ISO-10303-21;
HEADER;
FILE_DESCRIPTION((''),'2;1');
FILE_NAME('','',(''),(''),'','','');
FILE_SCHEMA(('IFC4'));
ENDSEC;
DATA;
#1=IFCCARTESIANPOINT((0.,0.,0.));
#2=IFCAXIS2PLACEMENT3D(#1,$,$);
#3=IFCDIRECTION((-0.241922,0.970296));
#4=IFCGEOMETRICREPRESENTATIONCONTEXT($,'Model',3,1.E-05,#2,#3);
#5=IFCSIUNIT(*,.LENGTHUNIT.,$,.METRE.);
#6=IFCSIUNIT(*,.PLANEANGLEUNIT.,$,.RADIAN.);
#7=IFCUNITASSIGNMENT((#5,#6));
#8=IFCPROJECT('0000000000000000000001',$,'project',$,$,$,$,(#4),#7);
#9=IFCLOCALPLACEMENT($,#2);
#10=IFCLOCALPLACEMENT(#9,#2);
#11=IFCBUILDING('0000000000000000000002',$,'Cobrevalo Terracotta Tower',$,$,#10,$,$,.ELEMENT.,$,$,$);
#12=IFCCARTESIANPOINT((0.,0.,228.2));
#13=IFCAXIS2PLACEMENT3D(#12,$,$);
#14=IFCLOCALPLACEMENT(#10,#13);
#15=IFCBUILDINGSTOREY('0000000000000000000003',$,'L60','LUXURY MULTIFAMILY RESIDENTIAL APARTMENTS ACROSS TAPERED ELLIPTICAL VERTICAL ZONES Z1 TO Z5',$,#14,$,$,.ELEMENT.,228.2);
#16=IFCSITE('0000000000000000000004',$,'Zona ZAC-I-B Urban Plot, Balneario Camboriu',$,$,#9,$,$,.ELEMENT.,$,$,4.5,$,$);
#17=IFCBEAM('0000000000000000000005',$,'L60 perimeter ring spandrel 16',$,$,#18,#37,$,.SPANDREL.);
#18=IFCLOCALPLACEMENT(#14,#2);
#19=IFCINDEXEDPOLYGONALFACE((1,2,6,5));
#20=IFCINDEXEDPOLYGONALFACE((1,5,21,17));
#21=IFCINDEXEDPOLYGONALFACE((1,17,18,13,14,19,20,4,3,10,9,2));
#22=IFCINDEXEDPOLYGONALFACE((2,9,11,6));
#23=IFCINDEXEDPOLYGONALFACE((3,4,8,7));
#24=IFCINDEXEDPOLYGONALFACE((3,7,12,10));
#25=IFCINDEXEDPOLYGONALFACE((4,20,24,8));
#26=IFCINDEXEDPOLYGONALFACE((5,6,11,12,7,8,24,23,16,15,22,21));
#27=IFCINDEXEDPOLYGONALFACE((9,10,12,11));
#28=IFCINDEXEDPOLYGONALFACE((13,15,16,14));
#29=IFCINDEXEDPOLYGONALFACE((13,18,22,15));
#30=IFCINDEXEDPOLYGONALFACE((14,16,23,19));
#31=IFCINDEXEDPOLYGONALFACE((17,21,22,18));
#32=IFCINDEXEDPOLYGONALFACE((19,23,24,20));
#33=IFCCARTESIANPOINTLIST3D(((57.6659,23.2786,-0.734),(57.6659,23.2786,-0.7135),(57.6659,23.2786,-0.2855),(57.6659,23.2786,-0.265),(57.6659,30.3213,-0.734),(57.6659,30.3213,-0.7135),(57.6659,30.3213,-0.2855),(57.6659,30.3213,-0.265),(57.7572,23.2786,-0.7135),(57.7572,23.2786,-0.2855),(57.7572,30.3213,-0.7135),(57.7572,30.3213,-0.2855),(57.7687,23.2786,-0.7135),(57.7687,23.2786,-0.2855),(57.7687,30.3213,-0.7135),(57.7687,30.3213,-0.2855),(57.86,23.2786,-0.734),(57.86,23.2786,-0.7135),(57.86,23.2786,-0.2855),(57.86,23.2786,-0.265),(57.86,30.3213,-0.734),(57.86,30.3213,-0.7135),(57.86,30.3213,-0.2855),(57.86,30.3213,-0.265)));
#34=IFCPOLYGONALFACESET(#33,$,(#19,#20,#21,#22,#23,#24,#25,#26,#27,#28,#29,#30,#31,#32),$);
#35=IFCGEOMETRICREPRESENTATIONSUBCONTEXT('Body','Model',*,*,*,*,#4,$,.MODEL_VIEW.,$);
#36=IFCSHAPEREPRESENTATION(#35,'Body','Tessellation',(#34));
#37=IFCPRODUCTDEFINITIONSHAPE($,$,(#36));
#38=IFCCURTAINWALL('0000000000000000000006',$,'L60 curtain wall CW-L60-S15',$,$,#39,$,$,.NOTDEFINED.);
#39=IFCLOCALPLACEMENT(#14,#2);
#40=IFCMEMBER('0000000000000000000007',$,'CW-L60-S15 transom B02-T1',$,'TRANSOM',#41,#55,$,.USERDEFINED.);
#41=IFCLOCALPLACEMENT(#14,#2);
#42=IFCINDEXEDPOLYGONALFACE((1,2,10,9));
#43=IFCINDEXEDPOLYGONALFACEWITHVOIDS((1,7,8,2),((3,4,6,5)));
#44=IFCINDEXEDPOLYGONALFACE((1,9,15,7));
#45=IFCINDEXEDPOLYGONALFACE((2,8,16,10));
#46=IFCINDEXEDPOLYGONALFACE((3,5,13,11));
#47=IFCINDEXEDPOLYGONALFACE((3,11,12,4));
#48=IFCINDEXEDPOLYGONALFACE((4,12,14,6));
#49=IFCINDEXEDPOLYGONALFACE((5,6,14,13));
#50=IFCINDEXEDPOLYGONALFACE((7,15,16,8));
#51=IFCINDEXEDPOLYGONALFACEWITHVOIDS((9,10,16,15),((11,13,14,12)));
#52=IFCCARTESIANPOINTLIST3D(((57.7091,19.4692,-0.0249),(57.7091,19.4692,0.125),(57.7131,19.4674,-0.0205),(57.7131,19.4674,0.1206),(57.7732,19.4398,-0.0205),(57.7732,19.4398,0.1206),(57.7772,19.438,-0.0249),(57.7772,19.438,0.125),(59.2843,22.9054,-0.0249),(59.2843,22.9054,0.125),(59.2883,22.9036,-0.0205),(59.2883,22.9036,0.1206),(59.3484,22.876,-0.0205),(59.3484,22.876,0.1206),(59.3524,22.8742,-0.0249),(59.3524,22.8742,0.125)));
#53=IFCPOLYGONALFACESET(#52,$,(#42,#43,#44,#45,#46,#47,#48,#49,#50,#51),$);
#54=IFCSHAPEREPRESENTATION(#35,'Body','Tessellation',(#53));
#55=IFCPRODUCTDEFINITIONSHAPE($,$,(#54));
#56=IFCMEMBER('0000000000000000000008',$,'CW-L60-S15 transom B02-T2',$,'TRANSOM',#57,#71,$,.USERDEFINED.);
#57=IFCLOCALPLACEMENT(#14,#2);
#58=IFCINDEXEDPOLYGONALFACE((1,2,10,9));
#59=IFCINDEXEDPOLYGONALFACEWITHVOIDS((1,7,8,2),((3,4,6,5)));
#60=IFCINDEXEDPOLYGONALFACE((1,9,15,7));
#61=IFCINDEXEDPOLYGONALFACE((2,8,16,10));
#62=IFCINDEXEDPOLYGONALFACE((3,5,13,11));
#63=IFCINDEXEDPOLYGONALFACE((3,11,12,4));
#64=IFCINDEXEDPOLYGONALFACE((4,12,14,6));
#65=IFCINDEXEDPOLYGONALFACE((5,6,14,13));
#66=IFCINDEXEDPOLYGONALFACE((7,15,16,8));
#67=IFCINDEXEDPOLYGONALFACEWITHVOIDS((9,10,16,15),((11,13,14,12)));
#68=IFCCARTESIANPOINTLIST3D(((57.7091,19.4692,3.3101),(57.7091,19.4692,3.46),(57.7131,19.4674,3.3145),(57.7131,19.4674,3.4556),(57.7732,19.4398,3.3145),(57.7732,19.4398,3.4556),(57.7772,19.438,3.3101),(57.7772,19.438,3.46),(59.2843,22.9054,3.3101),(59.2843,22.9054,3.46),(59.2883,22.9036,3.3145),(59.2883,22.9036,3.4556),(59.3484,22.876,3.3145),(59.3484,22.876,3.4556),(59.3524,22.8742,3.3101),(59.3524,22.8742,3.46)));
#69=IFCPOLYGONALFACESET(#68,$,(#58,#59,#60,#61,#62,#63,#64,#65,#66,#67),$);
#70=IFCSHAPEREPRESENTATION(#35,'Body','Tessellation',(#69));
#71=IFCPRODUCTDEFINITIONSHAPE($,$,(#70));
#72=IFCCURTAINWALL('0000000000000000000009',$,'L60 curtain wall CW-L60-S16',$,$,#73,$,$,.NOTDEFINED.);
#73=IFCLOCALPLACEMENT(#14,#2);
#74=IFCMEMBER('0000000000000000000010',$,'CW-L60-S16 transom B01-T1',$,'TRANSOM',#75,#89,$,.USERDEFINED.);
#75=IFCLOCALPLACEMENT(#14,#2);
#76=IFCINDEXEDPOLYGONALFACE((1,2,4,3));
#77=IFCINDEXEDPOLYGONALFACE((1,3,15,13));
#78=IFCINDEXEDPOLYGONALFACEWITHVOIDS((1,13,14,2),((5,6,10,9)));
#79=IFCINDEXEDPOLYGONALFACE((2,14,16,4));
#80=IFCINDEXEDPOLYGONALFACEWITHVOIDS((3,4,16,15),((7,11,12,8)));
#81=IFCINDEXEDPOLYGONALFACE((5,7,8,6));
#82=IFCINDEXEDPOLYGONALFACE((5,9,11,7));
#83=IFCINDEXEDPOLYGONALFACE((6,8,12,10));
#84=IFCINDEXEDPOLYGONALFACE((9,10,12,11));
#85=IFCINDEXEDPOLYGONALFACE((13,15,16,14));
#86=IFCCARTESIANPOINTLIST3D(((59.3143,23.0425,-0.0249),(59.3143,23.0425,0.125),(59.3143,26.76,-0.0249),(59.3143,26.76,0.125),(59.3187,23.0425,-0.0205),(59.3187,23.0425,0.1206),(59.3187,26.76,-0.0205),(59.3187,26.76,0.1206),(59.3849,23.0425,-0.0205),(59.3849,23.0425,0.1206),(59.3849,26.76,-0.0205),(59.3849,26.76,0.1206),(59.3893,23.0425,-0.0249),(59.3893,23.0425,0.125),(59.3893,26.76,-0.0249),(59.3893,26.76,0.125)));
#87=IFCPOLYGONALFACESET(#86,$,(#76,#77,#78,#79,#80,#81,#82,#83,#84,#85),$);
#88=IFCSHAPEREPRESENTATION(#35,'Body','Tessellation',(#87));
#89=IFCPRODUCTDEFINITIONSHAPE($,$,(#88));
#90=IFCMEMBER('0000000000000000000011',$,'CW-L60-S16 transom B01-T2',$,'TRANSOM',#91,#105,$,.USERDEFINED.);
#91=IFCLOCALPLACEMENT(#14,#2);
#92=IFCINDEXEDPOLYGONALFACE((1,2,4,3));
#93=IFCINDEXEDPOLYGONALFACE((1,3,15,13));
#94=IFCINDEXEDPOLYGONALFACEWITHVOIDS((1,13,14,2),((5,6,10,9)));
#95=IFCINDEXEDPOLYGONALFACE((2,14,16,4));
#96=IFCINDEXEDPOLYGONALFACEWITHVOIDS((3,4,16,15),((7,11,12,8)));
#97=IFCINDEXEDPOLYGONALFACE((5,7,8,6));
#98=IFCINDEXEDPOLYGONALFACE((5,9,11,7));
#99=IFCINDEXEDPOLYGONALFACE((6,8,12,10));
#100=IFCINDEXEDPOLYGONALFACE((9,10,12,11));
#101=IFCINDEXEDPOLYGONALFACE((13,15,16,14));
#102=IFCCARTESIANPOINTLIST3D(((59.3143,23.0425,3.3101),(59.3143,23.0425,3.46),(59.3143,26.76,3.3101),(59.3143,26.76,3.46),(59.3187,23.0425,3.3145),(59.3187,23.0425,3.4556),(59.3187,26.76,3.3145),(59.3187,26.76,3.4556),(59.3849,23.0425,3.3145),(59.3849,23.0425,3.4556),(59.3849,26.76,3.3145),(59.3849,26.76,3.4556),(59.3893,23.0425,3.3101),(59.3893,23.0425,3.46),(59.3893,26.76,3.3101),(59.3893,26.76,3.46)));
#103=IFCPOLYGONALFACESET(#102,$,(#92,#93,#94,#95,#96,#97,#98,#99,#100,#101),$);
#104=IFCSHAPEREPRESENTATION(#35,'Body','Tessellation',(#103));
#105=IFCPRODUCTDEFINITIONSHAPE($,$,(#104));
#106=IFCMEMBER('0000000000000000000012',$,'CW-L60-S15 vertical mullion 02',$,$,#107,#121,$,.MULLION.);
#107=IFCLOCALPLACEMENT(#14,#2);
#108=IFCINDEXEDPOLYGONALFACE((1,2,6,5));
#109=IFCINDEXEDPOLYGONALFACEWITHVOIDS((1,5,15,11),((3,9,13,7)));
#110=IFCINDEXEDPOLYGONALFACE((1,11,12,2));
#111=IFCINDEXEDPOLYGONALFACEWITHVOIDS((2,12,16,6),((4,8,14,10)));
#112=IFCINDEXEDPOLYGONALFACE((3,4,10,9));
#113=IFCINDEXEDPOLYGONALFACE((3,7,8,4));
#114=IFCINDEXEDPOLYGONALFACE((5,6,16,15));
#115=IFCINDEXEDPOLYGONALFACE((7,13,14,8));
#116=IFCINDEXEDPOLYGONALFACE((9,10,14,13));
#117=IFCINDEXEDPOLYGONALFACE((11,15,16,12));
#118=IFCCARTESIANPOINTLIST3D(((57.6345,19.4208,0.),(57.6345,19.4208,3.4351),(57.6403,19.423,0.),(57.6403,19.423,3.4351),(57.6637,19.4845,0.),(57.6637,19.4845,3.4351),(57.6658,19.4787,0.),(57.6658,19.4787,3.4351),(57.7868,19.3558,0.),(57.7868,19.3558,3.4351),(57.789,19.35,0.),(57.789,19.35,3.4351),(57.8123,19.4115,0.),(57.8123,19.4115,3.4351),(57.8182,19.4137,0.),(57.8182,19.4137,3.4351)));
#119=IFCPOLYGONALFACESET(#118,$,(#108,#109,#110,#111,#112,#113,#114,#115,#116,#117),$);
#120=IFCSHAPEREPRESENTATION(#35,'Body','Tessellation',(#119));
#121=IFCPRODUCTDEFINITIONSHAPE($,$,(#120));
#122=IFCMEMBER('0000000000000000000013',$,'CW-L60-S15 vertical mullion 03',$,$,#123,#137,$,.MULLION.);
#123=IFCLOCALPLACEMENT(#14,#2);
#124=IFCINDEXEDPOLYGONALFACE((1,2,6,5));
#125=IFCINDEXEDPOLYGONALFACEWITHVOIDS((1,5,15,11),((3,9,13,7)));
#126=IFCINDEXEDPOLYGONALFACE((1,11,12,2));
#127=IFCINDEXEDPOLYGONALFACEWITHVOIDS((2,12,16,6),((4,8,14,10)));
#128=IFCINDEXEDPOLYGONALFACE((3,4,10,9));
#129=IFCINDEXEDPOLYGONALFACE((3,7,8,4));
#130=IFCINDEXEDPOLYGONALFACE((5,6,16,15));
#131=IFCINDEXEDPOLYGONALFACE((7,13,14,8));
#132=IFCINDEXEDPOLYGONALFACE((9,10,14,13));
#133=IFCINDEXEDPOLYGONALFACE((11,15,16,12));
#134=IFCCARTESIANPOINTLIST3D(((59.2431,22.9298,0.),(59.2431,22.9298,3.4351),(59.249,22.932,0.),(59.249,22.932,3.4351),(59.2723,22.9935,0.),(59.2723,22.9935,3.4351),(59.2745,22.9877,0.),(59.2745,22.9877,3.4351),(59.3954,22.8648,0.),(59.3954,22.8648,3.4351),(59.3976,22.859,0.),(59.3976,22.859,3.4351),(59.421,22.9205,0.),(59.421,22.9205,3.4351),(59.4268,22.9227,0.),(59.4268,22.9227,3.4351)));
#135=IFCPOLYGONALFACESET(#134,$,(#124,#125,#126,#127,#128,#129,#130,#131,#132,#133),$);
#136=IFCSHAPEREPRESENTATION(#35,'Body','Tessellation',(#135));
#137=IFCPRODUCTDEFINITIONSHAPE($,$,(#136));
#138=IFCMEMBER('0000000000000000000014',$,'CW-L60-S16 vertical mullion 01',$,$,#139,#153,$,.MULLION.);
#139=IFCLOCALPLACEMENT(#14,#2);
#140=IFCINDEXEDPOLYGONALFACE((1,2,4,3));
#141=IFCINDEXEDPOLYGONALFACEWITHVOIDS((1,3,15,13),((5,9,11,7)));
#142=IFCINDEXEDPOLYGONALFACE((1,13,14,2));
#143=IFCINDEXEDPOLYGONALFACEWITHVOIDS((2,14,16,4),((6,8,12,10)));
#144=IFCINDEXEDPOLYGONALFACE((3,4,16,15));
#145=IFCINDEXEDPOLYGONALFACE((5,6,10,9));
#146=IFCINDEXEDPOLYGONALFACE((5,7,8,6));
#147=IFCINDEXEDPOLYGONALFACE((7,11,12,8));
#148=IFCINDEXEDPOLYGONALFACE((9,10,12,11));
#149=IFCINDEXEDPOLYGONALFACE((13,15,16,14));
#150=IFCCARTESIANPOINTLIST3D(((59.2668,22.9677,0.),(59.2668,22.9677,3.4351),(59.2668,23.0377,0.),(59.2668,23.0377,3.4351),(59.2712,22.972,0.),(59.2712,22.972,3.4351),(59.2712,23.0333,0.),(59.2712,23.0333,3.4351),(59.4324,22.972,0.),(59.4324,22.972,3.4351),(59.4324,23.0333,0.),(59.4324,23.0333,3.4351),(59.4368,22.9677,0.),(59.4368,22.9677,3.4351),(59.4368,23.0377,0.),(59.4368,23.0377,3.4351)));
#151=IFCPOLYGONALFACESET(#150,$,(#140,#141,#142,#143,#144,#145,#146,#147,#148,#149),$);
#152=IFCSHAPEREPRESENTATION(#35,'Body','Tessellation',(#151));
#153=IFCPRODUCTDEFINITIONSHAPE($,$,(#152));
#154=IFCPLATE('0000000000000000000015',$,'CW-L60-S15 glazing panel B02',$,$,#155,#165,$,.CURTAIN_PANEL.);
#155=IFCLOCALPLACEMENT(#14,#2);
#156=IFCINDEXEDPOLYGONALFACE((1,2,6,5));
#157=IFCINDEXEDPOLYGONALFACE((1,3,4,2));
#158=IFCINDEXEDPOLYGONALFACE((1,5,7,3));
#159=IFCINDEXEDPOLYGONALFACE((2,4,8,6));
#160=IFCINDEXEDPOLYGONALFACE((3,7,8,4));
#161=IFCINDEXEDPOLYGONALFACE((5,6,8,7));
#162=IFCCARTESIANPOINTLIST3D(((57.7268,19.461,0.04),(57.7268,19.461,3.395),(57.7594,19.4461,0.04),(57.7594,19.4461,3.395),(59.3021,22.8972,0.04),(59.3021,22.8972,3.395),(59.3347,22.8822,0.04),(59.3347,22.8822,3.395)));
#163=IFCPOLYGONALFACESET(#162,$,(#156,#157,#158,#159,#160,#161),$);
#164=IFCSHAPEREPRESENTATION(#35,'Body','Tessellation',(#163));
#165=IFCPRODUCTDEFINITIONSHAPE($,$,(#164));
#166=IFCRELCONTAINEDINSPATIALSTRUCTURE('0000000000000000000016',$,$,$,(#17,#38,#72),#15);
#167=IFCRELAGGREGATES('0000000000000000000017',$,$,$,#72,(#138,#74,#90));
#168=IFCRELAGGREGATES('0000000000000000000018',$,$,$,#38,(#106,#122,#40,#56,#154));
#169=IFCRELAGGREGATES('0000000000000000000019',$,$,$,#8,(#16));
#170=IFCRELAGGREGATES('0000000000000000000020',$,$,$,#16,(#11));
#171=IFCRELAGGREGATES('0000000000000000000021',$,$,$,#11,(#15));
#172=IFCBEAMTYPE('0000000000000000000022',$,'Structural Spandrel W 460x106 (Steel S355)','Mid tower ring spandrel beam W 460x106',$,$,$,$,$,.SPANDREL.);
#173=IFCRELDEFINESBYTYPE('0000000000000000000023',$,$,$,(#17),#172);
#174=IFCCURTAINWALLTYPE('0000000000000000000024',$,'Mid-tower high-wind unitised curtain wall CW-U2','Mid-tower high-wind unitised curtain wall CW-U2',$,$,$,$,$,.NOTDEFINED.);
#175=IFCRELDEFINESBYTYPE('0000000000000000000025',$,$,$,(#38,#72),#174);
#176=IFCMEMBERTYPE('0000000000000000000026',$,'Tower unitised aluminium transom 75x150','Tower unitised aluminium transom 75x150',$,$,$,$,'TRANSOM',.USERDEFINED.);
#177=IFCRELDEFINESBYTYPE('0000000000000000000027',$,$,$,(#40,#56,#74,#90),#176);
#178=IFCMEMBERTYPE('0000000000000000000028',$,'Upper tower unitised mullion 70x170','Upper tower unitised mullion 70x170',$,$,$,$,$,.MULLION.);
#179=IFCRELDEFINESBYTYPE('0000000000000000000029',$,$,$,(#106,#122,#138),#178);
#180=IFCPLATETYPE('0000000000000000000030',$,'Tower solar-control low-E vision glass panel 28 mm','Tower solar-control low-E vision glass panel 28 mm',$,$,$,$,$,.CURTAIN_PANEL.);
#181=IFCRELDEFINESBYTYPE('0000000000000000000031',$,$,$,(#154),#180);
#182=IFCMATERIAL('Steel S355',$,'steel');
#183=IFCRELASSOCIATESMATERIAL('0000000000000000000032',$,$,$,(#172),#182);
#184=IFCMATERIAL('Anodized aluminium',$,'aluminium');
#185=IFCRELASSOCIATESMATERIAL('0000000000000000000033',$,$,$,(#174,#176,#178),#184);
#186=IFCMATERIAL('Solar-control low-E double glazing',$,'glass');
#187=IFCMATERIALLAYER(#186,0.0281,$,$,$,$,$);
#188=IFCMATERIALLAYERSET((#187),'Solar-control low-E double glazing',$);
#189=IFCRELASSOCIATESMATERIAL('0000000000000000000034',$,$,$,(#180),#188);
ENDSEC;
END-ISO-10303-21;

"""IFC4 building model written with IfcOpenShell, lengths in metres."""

from ifc_helpers import new_model, si_unit, direction, frame, origin, origin_2d, place, context, subcontext, project, spatial, rectangle, hollow_rectangle, i_section, extrude, source, transform, mapped, material, layer, layer_set, material_profile, profile_set, type_object, element, aggregate, save


model = new_model("IFC4")

# Units and contexts
model_context = context("Model", 3, precision=1e-05, world=origin(), true_north=direction((-0.241922, 0.970296)))
body_context = subcontext(model_context, "Body", "Model", "MODEL_VIEW")
ifc_project = project(units=[si_unit("LENGTHUNIT", "METRE"), si_unit("PLANEANGLEUNIT", "RADIAN")], contexts=[model_context])

# Site, building, storey
site_placement = place(None, origin())
site = spatial("IfcSite", under=ifc_project, at=site_placement, Name="Zona ZAC-I-B Urban Plot, Balneario Camboriu", CompositionType="ELEMENT", RefElevation=4.5)
building_placement = place(site_placement, origin())
building = spatial("IfcBuilding", under=site, at=building_placement, Name="Cobrevalo Terracotta Tower", CompositionType="ELEMENT")
storey_placement = place(building_placement, frame((0.0, 0.0, 228.2)))
storey = spatial("IfcBuildingStorey", under=building, at=storey_placement, Name="L60", Description="LUXURY MULTIFAMILY RESIDENTIAL APARTMENTS ACROSS TAPERED ELLIPTICAL VERTICAL ZONES Z1 TO Z5", CompositionType="ELEMENT", Elevation=228.2)

# Shared definitions
ifc_material_1 = material(Name="Steel S355", Category="steel")

# Beam
ifc_material_profile_1 = material_profile(ifc_material_1, i_section(OverallWidth=0.1941, OverallDepth=0.469, WebThickness=0.0115, FlangeThickness=0.0205, at=origin_2d()), Name="W 460x106")
ifc_profile_set_1 = profile_set([ifc_material_profile_1], Name="Steel S355")
beam_type_1 = type_object("IfcBeamType", Name="Structural Spandrel W 460x106 (Steel S355)", Description="Mid tower ring spandrel beam W 460x106", PredefinedType="SPANDREL", material=ifc_profile_set_1)
beam_1_placement = place(storey_placement, frame((57.7629, 23.2786, -0.4995), z_axis=(0.0, 1.0, 0.0), x_axis=(-1.0, 0.0, 0.0)))
element("IfcBeam", 1, at=beam_1_placement, inside=storey, type_object=beam_type_1, Name="L60 perimeter ring spandrel 16", PredefinedType="SPANDREL", context=body_context, shape_type="SweptSolid", body=[
    extrude(i_section(OverallWidth=0.1941, OverallDepth=0.469, WebThickness=0.0115, FlangeThickness=0.0205, at=origin_2d()), origin(), (0.0, 0.0, 1.0), 7.0427),
])

# Curtain walls, members
ifc_material_2 = material(Name="Anodized aluminium", Category="aluminium")
curtain_wall_type = type_object("IfcCurtainWallType", Name="Mid-tower high-wind unitised curtain wall CW-U2", Description="Mid-tower high-wind unitised curtain wall CW-U2", PredefinedType="NOTDEFINED", material=ifc_material_2)
curtain_wall_1_placement = place(storey_placement, origin())
curtain_wall_1 = element("IfcCurtainWall", 2, at=curtain_wall_1_placement, inside=storey, type_object=curtain_wall_type, Name="L60 curtain wall CW-L60-S15", PredefinedType="NOTDEFINED")
ifc_material_profile_2 = material_profile(ifc_material_2, hollow_rectangle(XDim=0.075, YDim=0.1499, WallThickness=0.0044, at=origin_2d()), Name="CWT 75x150")
ifc_profile_set_2 = profile_set([ifc_material_profile_2], Name="Anodized aluminium")
member_type_1 = type_object("IfcMemberType", Name="Tower unitised aluminium transom 75x150", Description="Tower unitised aluminium transom 75x150", ElementType="TRANSOM", PredefinedType="USERDEFINED", material=ifc_profile_set_2)
shared_shape_1 = source(origin(), body_context, "Body", "SweptSolid", [
    extrude(hollow_rectangle(XDim=0.075, YDim=0.1499, WallThickness=0.0044, at=origin_2d()), origin(), (0.0, 0.0, 1.0), 3.78),
])
member_1_placement = place(storey_placement, frame((57.7432, 19.4536, 0.05), z_axis=(0.416706, 0.909041, 0.0), x_axis=(-0.909041, 0.416706, 0.0)))
member_1 = element("IfcMember", 3, at=member_1_placement, type_object=member_type_1, Name="CW-L60-S15 transom B02-T1", ObjectType="TRANSOM", PredefinedType="USERDEFINED", context=body_context, shape_type="MappedRepresentation", body=[
    mapped(shared_shape_1, transform((0.0, 0.0, 0.0), scale=1.0)),
])
member_2_placement = place(storey_placement, frame((57.7432, 19.4536, 3.385), z_axis=(0.416706, 0.909041, 0.0), x_axis=(-0.909041, 0.416706, 0.0)))
member_2 = element("IfcMember", 4, at=member_2_placement, type_object=member_type_1, Name="CW-L60-S15 transom B02-T2", ObjectType="TRANSOM", PredefinedType="USERDEFINED", context=body_context, shape_type="MappedRepresentation", body=[
    mapped(shared_shape_1, transform((0.0, 0.0, 0.0), scale=1.0)),
])
curtain_wall_2_placement = place(storey_placement, origin())
curtain_wall_2 = element("IfcCurtainWall", 5, at=curtain_wall_2_placement, inside=storey, type_object=curtain_wall_type, Name="L60 curtain wall CW-L60-S16", PredefinedType="NOTDEFINED")
shared_shape_2 = source(origin(), body_context, "Body", "SweptSolid", [
    extrude(hollow_rectangle(XDim=0.075, YDim=0.1499, WallThickness=0.0044, at=origin_2d()), origin(), (0.0, 0.0, 1.0), 3.7175),
])
member_3_placement = place(storey_placement, frame((59.3518, 23.0425, 0.05), z_axis=(0.0, 1.0, 0.0), x_axis=(-1.0, 0.0, 0.0)))
member_3 = element("IfcMember", 6, at=member_3_placement, type_object=member_type_1, Name="CW-L60-S16 transom B01-T1", ObjectType="TRANSOM", PredefinedType="USERDEFINED", context=body_context, shape_type="MappedRepresentation", body=[
    mapped(shared_shape_2, transform((0.0, 0.0, 0.0), scale=1.0)),
])
member_4_placement = place(storey_placement, frame((59.3518, 23.0425, 3.385), z_axis=(0.0, 1.0, 0.0), x_axis=(-1.0, 0.0, 0.0)))
member_4 = element("IfcMember", 7, at=member_4_placement, type_object=member_type_1, Name="CW-L60-S16 transom B01-T2", ObjectType="TRANSOM", PredefinedType="USERDEFINED", context=body_context, shape_type="MappedRepresentation", body=[
    mapped(shared_shape_2, transform((0.0, 0.0, 0.0), scale=1.0)),
])

# Members
ifc_material_profile_3 = material_profile(ifc_material_2, hollow_rectangle(XDim=0.0701, YDim=0.1699, WallThickness=0.0044, at=origin_2d()), Name="CWM 70x170")
ifc_profile_set_3 = profile_set([ifc_material_profile_3], Name="Anodized aluminium")
member_type_2 = type_object("IfcMemberType", Name="Upper tower unitised mullion 70x170", Description="Upper tower unitised mullion 70x170", PredefinedType="MULLION", material=ifc_profile_set_3)
shared_shape_3 = source(origin(), body_context, "Body", "SweptSolid", [
    extrude(hollow_rectangle(XDim=0.0701, YDim=0.1699, WallThickness=0.0044, at=origin_2d()), origin(), (0.0, 0.0, 1.0), 3.4351),
])
member_5_placement = place(storey_placement, frame((57.7263, 19.4172, 0.0), z_axis=(0.0, 0.0, 1.0), x_axis=(0.416725, 0.909033, 0.0)))
member_5 = element("IfcMember", 8, at=member_5_placement, type_object=member_type_2, Name="CW-L60-S15 vertical mullion 02", PredefinedType="MULLION", context=body_context, shape_type="MappedRepresentation", body=[
    mapped(shared_shape_3, transform((0.0, 0.0, 0.0), scale=1.0)),
])
member_6_placement = place(storey_placement, frame((59.335, 22.9263, 0.0), z_axis=(0.0, 0.0, 1.0), x_axis=(0.416725, 0.909033, 0.0)))
member_6 = element("IfcMember", 9, at=member_6_placement, type_object=member_type_2, Name="CW-L60-S15 vertical mullion 03", PredefinedType="MULLION", context=body_context, shape_type="MappedRepresentation", body=[
    mapped(shared_shape_3, transform((0.0, 0.0, 0.0), scale=1.0)),
])
member_7_placement = place(storey_placement, frame((59.3518, 23.0027, 0.0), z_axis=(0.0, 0.0, 1.0), x_axis=(0.0, 1.0, 0.0)))
member_7 = element("IfcMember", 10, at=member_7_placement, type_object=member_type_2, Name="CW-L60-S16 vertical mullion 01", PredefinedType="MULLION", context=body_context, shape_type="MappedRepresentation", body=[
    mapped(shared_shape_3, transform((0.0, 0.0, 0.0), scale=1.0)),
])
aggregate(curtain_wall_2, [member_7, member_3, member_4])

# Plate
ifc_material_3 = material(Name="Solar-control low-E double glazing", Category="glass")
ifc_layer_1 = layer(ifc_material_3, 0.0281)
ifc_layer_set_1 = layer_set([ifc_layer_1], Name="Solar-control low-E double glazing")
plate_type = type_object("IfcPlateType", Name="Tower solar-control low-E vision glass panel 28 mm", Description="Tower solar-control low-E vision glass panel 28 mm", PredefinedType="CURTAIN_PANEL", material=ifc_layer_set_1)
shared_shape_4 = source(origin(), body_context, "Body", "SweptSolid", [
    extrude(rectangle(XDim=3.78, YDim=0.0359, at=origin_2d()), origin(), (0.0, 0.0, 1.0), 3.355),
])
plate_placement = place(storey_placement, frame((58.5308, 21.1716, 0.04), z_axis=(0.0, 0.0, 1.0), x_axis=(0.416731, 0.90903, 0.0)))
plate = element("IfcPlate", 11, at=plate_placement, type_object=plate_type, Name="CW-L60-S15 glazing panel B02", PredefinedType="CURTAIN_PANEL", context=body_context, shape_type="MappedRepresentation", body=[
    mapped(shared_shape_4, transform((0.0, 0.0, 0.0), scale=1.0)),
])
aggregate(curtain_wall_1, [member_5, member_6, member_1, member_2, plate])

save(model, "model.ifc")
